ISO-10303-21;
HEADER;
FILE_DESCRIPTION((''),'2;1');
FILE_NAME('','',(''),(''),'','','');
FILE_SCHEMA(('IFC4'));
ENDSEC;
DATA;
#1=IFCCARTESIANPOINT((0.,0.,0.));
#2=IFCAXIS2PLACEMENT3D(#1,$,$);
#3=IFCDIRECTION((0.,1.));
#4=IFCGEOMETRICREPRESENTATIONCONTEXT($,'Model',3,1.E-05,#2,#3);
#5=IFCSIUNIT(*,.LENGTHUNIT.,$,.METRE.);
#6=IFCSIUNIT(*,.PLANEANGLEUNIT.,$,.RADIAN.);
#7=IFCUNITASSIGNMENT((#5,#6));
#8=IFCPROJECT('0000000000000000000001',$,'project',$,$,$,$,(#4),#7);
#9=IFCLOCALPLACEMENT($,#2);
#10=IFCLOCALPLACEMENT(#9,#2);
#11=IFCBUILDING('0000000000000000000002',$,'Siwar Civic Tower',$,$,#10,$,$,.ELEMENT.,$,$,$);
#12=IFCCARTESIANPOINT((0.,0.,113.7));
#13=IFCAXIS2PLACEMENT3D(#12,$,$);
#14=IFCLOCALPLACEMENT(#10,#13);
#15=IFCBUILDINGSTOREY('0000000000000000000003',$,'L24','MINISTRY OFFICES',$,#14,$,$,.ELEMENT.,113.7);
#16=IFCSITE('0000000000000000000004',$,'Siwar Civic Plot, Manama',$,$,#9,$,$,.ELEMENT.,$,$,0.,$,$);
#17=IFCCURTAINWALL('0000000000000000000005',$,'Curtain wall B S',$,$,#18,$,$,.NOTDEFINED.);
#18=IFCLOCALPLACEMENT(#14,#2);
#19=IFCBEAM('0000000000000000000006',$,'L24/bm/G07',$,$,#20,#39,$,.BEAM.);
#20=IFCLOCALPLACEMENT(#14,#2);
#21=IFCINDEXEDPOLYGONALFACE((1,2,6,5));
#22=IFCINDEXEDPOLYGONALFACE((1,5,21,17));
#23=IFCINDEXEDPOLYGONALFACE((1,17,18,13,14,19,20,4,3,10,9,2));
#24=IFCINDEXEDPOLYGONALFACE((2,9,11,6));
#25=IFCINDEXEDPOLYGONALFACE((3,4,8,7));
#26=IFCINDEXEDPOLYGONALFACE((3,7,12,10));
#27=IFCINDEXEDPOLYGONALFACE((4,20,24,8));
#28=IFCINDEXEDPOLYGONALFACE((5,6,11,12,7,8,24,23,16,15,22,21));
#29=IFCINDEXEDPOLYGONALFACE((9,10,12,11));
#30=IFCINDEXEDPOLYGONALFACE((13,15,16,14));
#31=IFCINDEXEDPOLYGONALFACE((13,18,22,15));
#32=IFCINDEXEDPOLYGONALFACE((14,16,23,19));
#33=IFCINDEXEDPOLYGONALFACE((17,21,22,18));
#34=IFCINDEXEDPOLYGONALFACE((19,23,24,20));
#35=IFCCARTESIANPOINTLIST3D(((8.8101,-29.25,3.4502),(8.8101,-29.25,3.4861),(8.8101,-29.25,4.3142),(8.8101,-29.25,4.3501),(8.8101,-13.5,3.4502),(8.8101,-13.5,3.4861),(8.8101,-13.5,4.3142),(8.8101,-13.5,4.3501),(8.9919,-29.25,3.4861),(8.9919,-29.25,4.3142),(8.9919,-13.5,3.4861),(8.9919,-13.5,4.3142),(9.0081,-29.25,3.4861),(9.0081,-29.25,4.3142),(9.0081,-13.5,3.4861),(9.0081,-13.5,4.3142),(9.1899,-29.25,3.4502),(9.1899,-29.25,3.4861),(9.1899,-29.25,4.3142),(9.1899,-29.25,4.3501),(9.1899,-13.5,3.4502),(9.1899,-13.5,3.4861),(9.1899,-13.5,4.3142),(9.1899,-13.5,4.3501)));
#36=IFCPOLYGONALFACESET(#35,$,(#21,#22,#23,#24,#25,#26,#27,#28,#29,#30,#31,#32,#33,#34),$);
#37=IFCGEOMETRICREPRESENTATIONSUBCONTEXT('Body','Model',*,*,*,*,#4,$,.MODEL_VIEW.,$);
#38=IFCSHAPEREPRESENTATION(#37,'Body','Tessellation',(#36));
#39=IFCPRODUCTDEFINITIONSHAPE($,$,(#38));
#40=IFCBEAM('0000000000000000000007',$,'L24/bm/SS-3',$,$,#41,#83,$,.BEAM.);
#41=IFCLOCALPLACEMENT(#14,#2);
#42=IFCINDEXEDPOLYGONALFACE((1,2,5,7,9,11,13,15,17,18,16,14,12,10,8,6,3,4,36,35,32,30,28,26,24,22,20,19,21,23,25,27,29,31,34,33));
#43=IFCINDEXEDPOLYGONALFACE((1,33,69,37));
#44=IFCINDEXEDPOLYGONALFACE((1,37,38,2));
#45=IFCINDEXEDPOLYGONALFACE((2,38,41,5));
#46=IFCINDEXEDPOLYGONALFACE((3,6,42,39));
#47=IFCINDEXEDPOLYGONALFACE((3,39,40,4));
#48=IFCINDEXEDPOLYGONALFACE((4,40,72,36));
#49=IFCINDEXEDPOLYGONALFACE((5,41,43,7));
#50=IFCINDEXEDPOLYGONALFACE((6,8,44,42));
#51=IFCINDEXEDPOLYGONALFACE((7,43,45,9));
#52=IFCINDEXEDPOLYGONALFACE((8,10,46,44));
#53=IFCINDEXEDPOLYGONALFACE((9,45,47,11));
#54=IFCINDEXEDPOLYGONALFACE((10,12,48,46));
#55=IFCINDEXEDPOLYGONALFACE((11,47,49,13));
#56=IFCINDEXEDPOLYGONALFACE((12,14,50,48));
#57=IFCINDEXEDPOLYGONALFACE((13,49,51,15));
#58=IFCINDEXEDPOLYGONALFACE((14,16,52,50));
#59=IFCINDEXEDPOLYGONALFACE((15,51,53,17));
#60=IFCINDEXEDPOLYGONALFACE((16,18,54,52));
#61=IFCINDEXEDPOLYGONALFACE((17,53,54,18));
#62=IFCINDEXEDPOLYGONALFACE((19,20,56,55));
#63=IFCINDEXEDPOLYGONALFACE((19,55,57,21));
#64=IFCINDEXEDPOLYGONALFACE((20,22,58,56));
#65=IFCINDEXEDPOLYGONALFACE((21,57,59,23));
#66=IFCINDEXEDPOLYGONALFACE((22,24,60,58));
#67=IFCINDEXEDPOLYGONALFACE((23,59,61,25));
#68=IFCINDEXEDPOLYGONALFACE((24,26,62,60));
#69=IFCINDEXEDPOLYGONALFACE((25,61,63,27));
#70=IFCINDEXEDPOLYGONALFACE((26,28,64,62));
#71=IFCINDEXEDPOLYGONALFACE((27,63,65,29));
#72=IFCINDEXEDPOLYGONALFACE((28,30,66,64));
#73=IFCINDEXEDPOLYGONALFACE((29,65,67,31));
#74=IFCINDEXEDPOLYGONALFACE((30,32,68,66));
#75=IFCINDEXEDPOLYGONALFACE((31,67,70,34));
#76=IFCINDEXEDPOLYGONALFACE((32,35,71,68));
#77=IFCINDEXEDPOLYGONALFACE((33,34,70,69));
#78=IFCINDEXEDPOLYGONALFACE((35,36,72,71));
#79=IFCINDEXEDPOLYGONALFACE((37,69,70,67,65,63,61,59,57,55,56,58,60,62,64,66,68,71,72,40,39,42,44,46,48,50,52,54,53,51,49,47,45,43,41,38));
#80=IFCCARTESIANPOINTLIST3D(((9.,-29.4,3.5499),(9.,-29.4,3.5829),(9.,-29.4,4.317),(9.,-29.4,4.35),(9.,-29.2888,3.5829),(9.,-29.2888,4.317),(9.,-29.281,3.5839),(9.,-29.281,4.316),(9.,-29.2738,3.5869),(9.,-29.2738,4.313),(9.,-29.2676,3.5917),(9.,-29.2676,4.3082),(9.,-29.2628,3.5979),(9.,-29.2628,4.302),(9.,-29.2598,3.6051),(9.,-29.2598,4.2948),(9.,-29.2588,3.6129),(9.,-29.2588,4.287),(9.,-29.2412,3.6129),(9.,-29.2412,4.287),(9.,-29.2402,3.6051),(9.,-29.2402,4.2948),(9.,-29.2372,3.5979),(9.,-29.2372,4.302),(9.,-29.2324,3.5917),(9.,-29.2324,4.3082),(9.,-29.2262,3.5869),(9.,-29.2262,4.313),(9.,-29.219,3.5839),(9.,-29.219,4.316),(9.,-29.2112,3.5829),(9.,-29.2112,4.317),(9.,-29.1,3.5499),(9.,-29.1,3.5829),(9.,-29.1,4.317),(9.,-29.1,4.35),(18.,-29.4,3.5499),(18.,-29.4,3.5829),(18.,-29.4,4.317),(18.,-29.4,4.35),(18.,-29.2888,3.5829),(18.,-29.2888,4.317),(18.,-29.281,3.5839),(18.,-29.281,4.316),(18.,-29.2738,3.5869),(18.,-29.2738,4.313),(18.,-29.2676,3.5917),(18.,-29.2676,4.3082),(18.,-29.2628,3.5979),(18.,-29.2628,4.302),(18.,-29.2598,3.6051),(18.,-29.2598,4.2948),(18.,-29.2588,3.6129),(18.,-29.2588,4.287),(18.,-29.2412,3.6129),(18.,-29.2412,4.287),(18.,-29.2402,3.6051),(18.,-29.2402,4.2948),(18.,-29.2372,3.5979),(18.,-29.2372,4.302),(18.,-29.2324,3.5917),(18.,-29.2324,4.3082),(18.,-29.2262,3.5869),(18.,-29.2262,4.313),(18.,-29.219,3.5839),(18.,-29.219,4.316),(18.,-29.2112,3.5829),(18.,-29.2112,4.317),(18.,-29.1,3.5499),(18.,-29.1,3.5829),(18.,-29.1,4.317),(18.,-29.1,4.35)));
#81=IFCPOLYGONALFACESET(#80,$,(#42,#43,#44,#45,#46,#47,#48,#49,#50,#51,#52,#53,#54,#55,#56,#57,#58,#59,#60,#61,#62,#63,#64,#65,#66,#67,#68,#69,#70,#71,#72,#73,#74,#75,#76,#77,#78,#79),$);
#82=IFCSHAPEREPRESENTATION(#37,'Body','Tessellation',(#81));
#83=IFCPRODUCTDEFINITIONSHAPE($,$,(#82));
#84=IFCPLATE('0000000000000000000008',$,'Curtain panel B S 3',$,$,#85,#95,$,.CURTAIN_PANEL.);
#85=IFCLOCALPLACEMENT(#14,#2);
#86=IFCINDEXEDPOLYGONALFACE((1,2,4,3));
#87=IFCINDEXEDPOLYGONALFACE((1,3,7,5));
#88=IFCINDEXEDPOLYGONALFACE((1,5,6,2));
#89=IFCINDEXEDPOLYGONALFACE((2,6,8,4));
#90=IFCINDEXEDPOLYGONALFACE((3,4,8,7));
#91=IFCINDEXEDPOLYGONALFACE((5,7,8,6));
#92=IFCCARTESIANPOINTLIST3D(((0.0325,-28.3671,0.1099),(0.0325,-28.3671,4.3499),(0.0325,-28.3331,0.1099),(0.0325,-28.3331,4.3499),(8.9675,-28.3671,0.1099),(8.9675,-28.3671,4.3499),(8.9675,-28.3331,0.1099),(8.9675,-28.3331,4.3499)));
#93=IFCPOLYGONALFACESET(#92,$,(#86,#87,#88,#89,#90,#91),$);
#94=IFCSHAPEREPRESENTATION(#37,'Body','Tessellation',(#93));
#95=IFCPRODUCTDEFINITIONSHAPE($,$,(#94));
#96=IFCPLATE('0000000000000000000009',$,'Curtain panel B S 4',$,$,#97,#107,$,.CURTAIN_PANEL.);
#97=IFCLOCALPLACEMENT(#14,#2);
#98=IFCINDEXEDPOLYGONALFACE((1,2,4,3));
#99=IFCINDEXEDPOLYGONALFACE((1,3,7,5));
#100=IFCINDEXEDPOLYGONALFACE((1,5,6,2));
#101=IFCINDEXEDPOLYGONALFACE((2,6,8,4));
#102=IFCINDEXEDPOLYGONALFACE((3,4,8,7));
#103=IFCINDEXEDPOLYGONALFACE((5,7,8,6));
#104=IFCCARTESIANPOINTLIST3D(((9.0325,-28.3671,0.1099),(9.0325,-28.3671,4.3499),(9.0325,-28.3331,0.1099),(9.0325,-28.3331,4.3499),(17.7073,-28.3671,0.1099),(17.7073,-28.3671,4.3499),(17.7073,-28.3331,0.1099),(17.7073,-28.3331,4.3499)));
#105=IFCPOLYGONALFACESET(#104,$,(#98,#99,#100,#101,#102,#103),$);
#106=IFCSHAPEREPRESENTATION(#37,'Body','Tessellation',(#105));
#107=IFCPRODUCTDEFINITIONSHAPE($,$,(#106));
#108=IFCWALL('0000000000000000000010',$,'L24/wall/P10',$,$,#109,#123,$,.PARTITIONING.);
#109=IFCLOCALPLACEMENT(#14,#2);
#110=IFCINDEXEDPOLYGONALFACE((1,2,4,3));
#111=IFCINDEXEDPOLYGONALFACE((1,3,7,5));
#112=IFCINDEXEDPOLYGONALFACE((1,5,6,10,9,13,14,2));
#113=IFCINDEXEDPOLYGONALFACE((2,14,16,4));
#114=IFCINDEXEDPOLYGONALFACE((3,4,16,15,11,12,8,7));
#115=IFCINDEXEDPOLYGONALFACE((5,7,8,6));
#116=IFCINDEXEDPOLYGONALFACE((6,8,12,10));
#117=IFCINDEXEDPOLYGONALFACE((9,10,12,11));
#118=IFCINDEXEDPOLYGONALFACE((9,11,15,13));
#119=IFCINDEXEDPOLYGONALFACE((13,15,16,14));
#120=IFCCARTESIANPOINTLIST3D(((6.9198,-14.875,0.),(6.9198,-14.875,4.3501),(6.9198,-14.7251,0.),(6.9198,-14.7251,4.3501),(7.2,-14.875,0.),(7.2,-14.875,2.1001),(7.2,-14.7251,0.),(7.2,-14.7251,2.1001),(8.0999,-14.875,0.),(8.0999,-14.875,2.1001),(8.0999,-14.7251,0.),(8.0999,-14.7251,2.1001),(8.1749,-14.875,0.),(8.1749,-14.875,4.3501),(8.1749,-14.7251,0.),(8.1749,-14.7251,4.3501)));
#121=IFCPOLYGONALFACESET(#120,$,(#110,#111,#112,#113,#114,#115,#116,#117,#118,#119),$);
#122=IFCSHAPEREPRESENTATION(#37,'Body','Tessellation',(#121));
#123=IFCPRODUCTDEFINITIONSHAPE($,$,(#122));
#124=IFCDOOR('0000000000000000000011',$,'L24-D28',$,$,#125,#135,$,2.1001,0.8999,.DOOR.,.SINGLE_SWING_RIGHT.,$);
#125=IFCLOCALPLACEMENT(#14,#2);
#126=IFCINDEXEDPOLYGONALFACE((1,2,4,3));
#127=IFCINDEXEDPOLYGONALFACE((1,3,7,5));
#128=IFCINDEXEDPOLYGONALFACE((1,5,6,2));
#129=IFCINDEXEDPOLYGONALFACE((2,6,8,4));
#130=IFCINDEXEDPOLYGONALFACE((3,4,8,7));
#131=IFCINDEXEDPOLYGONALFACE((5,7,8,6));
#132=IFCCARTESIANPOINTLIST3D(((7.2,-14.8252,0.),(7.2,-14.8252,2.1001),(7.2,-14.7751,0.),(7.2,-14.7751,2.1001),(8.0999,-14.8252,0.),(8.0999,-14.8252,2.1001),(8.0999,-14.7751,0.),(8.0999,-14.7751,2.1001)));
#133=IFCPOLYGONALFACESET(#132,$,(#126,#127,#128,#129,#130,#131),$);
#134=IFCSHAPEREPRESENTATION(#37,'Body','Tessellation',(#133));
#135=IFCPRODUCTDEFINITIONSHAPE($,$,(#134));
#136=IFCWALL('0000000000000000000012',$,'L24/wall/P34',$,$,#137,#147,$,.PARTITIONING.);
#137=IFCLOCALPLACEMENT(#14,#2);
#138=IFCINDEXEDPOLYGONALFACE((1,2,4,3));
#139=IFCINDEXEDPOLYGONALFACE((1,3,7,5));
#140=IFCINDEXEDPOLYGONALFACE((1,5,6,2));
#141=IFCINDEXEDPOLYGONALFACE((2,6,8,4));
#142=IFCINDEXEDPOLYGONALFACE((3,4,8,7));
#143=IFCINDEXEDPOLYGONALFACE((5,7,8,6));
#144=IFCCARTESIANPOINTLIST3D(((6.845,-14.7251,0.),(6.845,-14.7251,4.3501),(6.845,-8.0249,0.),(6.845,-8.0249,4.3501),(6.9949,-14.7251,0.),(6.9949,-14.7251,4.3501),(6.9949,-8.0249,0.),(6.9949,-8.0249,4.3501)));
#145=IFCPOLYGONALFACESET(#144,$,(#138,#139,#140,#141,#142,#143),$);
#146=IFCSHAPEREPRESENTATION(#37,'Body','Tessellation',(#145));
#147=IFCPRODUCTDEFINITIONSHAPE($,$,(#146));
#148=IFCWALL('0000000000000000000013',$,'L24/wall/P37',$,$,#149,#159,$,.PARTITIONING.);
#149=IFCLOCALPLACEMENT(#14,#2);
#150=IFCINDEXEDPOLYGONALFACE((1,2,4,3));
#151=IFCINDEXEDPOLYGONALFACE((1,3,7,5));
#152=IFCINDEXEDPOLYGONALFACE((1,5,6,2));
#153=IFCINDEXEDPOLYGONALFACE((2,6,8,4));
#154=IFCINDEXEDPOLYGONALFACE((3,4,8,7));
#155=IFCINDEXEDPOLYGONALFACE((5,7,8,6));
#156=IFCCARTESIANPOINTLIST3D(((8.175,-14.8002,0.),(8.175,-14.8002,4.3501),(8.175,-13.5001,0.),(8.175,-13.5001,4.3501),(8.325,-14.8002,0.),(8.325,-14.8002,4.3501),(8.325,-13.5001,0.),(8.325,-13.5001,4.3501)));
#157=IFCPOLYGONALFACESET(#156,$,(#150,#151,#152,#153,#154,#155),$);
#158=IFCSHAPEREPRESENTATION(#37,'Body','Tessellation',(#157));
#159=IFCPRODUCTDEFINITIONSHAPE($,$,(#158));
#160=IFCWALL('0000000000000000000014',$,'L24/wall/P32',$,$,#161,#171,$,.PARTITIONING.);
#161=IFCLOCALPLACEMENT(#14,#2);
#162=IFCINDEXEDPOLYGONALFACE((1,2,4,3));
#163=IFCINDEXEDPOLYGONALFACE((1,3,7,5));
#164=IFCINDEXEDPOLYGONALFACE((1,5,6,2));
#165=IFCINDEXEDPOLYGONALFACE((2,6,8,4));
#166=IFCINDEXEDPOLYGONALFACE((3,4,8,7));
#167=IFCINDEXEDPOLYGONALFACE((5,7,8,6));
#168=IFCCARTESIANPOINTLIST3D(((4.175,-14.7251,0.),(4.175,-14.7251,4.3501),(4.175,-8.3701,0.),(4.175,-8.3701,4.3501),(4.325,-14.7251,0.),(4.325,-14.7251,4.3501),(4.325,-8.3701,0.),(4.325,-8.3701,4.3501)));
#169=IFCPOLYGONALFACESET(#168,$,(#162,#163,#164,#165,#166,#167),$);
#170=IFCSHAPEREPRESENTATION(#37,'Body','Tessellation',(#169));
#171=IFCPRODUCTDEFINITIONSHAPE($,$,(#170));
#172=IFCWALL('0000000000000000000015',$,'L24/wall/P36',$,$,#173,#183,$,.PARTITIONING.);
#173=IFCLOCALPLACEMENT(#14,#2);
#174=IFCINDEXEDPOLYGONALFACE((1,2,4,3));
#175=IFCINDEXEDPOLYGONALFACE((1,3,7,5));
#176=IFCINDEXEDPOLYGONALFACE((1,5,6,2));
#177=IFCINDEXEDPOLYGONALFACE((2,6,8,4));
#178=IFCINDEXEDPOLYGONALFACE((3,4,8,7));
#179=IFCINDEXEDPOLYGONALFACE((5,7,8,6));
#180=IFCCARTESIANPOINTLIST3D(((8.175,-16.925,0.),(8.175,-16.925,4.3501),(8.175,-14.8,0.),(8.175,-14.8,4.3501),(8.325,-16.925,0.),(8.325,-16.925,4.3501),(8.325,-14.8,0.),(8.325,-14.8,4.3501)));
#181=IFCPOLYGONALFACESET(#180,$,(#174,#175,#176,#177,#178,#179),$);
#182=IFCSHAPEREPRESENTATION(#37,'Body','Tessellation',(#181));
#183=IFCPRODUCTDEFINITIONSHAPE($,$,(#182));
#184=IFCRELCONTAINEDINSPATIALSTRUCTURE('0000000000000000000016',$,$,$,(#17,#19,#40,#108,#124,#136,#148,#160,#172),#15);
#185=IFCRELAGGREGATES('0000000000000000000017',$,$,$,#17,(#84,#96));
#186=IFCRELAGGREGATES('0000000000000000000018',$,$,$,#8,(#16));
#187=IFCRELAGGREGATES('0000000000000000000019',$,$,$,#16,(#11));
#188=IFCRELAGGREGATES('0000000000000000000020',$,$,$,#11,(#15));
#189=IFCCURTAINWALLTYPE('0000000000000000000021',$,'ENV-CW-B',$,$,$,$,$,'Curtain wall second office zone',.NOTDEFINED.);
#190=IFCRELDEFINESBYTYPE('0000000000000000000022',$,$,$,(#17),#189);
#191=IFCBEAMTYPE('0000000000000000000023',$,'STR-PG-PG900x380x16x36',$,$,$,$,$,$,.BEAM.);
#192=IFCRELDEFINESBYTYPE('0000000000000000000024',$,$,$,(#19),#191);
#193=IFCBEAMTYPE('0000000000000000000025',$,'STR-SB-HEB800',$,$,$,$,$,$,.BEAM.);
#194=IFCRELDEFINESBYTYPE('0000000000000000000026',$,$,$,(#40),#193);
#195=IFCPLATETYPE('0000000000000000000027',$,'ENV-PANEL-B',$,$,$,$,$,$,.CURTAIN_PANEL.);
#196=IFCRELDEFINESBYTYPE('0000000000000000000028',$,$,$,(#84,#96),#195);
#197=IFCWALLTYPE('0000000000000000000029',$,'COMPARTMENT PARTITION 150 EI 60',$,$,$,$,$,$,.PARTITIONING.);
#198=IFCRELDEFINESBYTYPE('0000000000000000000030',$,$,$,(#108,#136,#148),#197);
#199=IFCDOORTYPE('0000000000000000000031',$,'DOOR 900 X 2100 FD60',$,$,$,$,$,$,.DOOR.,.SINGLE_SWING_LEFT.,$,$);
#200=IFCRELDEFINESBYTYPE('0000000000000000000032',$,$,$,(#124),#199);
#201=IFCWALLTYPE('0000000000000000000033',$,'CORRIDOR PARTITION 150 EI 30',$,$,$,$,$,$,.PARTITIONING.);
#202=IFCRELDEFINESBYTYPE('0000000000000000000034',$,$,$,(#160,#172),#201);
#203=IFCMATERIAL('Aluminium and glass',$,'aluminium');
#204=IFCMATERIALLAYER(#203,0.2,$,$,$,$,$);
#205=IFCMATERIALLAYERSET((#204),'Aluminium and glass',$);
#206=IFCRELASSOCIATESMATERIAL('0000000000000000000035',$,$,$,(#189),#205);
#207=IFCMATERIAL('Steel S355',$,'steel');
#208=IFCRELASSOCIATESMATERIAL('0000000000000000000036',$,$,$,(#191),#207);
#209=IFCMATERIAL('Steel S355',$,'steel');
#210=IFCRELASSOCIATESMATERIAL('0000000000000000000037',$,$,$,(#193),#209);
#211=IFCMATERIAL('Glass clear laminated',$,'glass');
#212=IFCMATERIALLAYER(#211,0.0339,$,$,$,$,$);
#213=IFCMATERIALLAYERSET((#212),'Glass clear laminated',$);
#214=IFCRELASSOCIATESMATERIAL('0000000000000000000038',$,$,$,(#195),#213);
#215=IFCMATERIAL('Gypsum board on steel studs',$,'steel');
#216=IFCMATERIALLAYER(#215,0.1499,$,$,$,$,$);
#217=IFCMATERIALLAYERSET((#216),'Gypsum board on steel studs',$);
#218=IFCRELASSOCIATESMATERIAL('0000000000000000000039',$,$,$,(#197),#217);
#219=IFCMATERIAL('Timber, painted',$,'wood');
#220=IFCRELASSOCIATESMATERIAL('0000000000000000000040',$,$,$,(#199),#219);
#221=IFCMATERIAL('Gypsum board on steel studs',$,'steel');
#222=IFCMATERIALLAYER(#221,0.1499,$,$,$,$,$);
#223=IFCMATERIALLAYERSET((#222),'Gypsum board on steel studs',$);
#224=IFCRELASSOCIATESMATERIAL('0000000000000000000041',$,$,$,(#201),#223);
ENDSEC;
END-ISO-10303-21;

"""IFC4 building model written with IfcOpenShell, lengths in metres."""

from ifc_helpers import new_model, si_unit, direction, frame, frame_2d, origin, origin_2d, place, context, subcontext, project, spatial, rectangle, i_section, extrude, material, layer, layer_set, material_profile, profile_set, type_object, element, fill, aggregate, save


model = new_model("IFC4")

# Units and contexts
model_context = context("Model", 3, precision=1e-05, world=origin(), true_north=direction((0.0, 1.0)))
body_context = subcontext(model_context, "Body", "Model", "MODEL_VIEW")
ifc_project = project(units=[si_unit("LENGTHUNIT", "METRE"), si_unit("PLANEANGLEUNIT", "RADIAN")], contexts=[model_context])

# Site, building, storey
site_placement = place(None, origin())
site = spatial("IfcSite", under=ifc_project, at=site_placement, Name="Siwar Civic Plot, Manama", CompositionType="ELEMENT", RefElevation=0.0)
building_placement = place(site_placement, origin())
building = spatial("IfcBuilding", under=site, at=building_placement, Name="Siwar Civic Tower", CompositionType="ELEMENT")
storey_placement = place(building_placement, frame((0.0, 0.0, 113.7)))
storey = spatial("IfcBuildingStorey", under=building, at=storey_placement, Name="L24", Description="MINISTRY OFFICES", CompositionType="ELEMENT", Elevation=113.7)

# Curtain wall
ifc_material_1 = material(Name="Aluminium and glass", Category="aluminium")
ifc_layer_1 = layer(ifc_material_1, 0.2)
ifc_layer_set_1 = layer_set([ifc_layer_1], Name="Aluminium and glass")
curtain_wall_type = type_object("IfcCurtainWallType", Name="ENV-CW-B", ElementType="Curtain wall second office zone", PredefinedType="NOTDEFINED", material=ifc_layer_set_1)
curtain_wall_placement = place(storey_placement, origin())
curtain_wall = element("IfcCurtainWall", 1, at=curtain_wall_placement, inside=storey, type_object=curtain_wall_type, Name="Curtain wall B S", PredefinedType="NOTDEFINED")

# Beams
ifc_material_2 = material(Name="Steel S355", Category="steel")
ifc_material_profile_1 = material_profile(ifc_material_2, i_section(OverallWidth=0.3799, OverallDepth=0.8999, WebThickness=0.0161, FlangeThickness=0.0359, at=origin_2d()), Name="PG900x380x16x36")
ifc_profile_set_1 = profile_set([ifc_material_profile_1], Name="Steel S355")
beam_type_1 = type_object("IfcBeamType", Name="STR-PG-PG900x380x16x36", PredefinedType="BEAM", material=ifc_profile_set_1)
beam_1_placement = place(storey_placement, frame((9.0, -29.25, 3.9001), z_axis=(0.0, 1.0, 0.0), x_axis=(-1.0, 0.0, 0.0)))
element("IfcBeam", 2, at=beam_1_placement, inside=storey, type_object=beam_type_1, Name="L24/bm/G07", PredefinedType="BEAM", context=body_context, shape_type="SweptSolid", body=[
    extrude(i_section(OverallWidth=0.3799, OverallDepth=0.8999, WebThickness=0.0161, FlangeThickness=0.0359, at=origin_2d()), origin(), (0.0, 0.0, 1.0), 15.75),
])
ifc_material_3 = material(Name="Steel S355", Category="steel")
ifc_material_profile_2 = material_profile(ifc_material_3, i_section(OverallWidth=0.3, OverallDepth=0.8, WebThickness=0.0176, FlangeThickness=0.033, FilletRadius=0.03, at=origin_2d()), Name="HEB800")
ifc_profile_set_2 = profile_set([ifc_material_profile_2], Name="Steel S355")
beam_type_2 = type_object("IfcBeamType", Name="STR-SB-HEB800", PredefinedType="BEAM", material=ifc_profile_set_2)
beam_2_placement = place(storey_placement, frame((9.0, -29.25, 3.95), z_axis=(1.0, 0.0, 0.0), x_axis=(0.0, 1.0, 0.0)))
element("IfcBeam", 3, at=beam_2_placement, inside=storey, type_object=beam_type_2, Name="L24/bm/SS-3", PredefinedType="BEAM", context=body_context, shape_type="SweptSolid", body=[
    extrude(i_section(OverallWidth=0.3, OverallDepth=0.8, WebThickness=0.0176, FlangeThickness=0.033, FilletRadius=0.03, at=origin_2d()), origin(), (0.0, 0.0, 1.0), 9.0),
])

# Plates
ifc_material_4 = material(Name="Glass clear laminated", Category="glass")
ifc_layer_2 = layer(ifc_material_4, 0.0339)
ifc_layer_set_2 = layer_set([ifc_layer_2], Name="Glass clear laminated")
plate_type = type_object("IfcPlateType", Name="ENV-PANEL-B", PredefinedType="CURTAIN_PANEL", material=ifc_layer_set_2)
plate_1_placement = place(storey_placement, frame((4.5, -28.3501, 0.1099), z_axis=(0.0, 0.0, 1.0), x_axis=(1.0, 0.0, 0.0)))
plate_1 = element("IfcPlate", 4, at=plate_1_placement, type_object=plate_type, Name="Curtain panel B S 3", PredefinedType="CURTAIN_PANEL", context=body_context, shape_type="SweptSolid", body=[
    extrude(rectangle(XDim=8.9351, YDim=0.0339, at=origin_2d()), origin(), (0.0, 0.0, 1.0), 4.24),
])
plate_2_placement = place(storey_placement, frame((13.3699, -28.3501, 0.1099), z_axis=(0.0, 0.0, 1.0), x_axis=(1.0, 0.0, 0.0)))
plate_2 = element("IfcPlate", 5, at=plate_2_placement, type_object=plate_type, Name="Curtain panel B S 4", PredefinedType="CURTAIN_PANEL", context=body_context, shape_type="SweptSolid", body=[
    extrude(rectangle(XDim=8.6748, YDim=0.0339, at=origin_2d()), origin(), (0.0, 0.0, 1.0), 4.24),
])
aggregate(curtain_wall, [plate_1, plate_2])

# Wall, opening, door
ifc_material_5 = material(Name="Gypsum board on steel studs", Category="steel")
ifc_layer_3 = layer(ifc_material_5, 0.1499)
ifc_layer_set_3 = layer_set([ifc_layer_3], Name="Gypsum board on steel studs")
wall_type_1 = type_object("IfcWallType", Name="COMPARTMENT PARTITION 150 EI 60", PredefinedType="PARTITIONING", material=ifc_layer_set_3)
wall_1_placement = place(storey_placement, frame((6.9199, -14.8, 0.0), z_axis=(0.0, 0.0, 1.0), x_axis=(1.0, 0.0, 0.0)))
wall_1 = element("IfcWall", 6, at=wall_1_placement, inside=storey, type_object=wall_type_1, Name="L24/wall/P10", PredefinedType="PARTITIONING", context=body_context, shape_type="SweptSolid", body=[
    extrude(rectangle(XDim=1.2551, YDim=0.1499, at=frame_2d((0.6274, 0.0))), origin(), (0.0, 0.0, 1.0), 4.3501),
])
opening_1_placement = place(wall_1_placement, frame((0.28, 0.0, 0.0)))
opening_1 = element("IfcOpeningElement", 7, at=opening_1_placement, cuts=wall_1, PredefinedType="OPENING", context=body_context, shape_type="SweptSolid", body=[
    extrude(rectangle(XDim=0.8999, YDim=2.1001, at=frame_2d((0.45, 1.05))), frame((0.0, 0.085, 0.0), z_axis=(0.0, -1.0, 0.0), x_axis=(1.0, 0.0, 0.0)), (0.0, 0.0, 1.0), 0.1699),
])
ifc_material_6 = material(Name="Timber, painted", Category="wood")
door_type_1 = type_object("IfcDoorType", Name="DOOR 900 X 2100 FD60", OperationType="SINGLE_SWING_LEFT", PredefinedType="DOOR", material=ifc_material_6)
door_1_placement = place(opening_1_placement, origin())
door_1 = element("IfcDoor", 8, at=door_1_placement, inside=storey, type_object=door_type_1, Name="L24-D28", OperationType="SINGLE_SWING_RIGHT", OverallHeight=2.1001, OverallWidth=0.8999, PredefinedType="DOOR", context=body_context, shape_type="SweptSolid", body=[
    extrude(rectangle(XDim=0.8999, YDim=2.1001, at=frame_2d((0.45, 1.05))), frame((0.0, 0.0249, 0.0), z_axis=(0.0, -1.0, 0.0), x_axis=(1.0, 0.0, 0.0)), (0.0, 0.0, 1.0), 0.05),
])
fill(opening_1, door_1)

# Walls
wall_2_placement = place(storey_placement, frame((6.9199, -14.7251, 0.0), z_axis=(0.0, 0.0, 1.0), x_axis=(0.0, 1.0, 0.0)))
element("IfcWall", 9, at=wall_2_placement, inside=storey, type_object=wall_type_1, Name="L24/wall/P34", PredefinedType="PARTITIONING", context=body_context, shape_type="SweptSolid", body=[
    extrude(rectangle(XDim=6.7002, YDim=0.1499, at=frame_2d((3.3501, 0.0))), origin(), (0.0, 0.0, 1.0), 4.3501),
])
wall_3_placement = place(storey_placement, frame((8.25, -14.8, 0.0), z_axis=(0.0, 0.0, 1.0), x_axis=(0.0, 1.0, 0.0)))
element("IfcWall", 10, at=wall_3_placement, inside=storey, type_object=wall_type_1, Name="L24/wall/P37", PredefinedType="PARTITIONING", context=body_context, shape_type="SweptSolid", body=[
    extrude(rectangle(XDim=1.3, YDim=0.1499, at=frame_2d((0.6499, 0.0))), origin(), (0.0, 0.0, 1.0), 4.3501),
])
ifc_material_7 = material(Name="Gypsum board on steel studs", Category="steel")
ifc_layer_4 = layer(ifc_material_7, 0.1499)
ifc_layer_set_4 = layer_set([ifc_layer_4], Name="Gypsum board on steel studs")
wall_type_2 = type_object("IfcWallType", Name="CORRIDOR PARTITION 150 EI 30", PredefinedType="PARTITIONING", material=ifc_layer_set_4)
wall_4_placement = place(storey_placement, frame((4.25, -14.7251, 0.0), z_axis=(0.0, 0.0, 1.0), x_axis=(0.0, 1.0, 0.0)))
element("IfcWall", 11, at=wall_4_placement, inside=storey, type_object=wall_type_2, Name="L24/wall/P32", PredefinedType="PARTITIONING", context=body_context, shape_type="SweptSolid", body=[
    extrude(rectangle(XDim=6.355, YDim=0.1499, at=frame_2d((3.1775, 0.0))), origin(), (0.0, 0.0, 1.0), 4.3501),
])
wall_5_placement = place(storey_placement, frame((8.25, -16.925, 0.0), z_axis=(0.0, 0.0, 1.0), x_axis=(0.0, 1.0, 0.0)))
element("IfcWall", 12, at=wall_5_placement, inside=storey, type_object=wall_type_2, Name="L24/wall/P36", PredefinedType="PARTITIONING", context=body_context, shape_type="SweptSolid", body=[
    extrude(rectangle(XDim=2.125, YDim=0.1499, at=frame_2d((1.0625, 0.0))), origin(), (0.0, 0.0, 1.0), 4.3501),
])

save(model, "model.ifc")
